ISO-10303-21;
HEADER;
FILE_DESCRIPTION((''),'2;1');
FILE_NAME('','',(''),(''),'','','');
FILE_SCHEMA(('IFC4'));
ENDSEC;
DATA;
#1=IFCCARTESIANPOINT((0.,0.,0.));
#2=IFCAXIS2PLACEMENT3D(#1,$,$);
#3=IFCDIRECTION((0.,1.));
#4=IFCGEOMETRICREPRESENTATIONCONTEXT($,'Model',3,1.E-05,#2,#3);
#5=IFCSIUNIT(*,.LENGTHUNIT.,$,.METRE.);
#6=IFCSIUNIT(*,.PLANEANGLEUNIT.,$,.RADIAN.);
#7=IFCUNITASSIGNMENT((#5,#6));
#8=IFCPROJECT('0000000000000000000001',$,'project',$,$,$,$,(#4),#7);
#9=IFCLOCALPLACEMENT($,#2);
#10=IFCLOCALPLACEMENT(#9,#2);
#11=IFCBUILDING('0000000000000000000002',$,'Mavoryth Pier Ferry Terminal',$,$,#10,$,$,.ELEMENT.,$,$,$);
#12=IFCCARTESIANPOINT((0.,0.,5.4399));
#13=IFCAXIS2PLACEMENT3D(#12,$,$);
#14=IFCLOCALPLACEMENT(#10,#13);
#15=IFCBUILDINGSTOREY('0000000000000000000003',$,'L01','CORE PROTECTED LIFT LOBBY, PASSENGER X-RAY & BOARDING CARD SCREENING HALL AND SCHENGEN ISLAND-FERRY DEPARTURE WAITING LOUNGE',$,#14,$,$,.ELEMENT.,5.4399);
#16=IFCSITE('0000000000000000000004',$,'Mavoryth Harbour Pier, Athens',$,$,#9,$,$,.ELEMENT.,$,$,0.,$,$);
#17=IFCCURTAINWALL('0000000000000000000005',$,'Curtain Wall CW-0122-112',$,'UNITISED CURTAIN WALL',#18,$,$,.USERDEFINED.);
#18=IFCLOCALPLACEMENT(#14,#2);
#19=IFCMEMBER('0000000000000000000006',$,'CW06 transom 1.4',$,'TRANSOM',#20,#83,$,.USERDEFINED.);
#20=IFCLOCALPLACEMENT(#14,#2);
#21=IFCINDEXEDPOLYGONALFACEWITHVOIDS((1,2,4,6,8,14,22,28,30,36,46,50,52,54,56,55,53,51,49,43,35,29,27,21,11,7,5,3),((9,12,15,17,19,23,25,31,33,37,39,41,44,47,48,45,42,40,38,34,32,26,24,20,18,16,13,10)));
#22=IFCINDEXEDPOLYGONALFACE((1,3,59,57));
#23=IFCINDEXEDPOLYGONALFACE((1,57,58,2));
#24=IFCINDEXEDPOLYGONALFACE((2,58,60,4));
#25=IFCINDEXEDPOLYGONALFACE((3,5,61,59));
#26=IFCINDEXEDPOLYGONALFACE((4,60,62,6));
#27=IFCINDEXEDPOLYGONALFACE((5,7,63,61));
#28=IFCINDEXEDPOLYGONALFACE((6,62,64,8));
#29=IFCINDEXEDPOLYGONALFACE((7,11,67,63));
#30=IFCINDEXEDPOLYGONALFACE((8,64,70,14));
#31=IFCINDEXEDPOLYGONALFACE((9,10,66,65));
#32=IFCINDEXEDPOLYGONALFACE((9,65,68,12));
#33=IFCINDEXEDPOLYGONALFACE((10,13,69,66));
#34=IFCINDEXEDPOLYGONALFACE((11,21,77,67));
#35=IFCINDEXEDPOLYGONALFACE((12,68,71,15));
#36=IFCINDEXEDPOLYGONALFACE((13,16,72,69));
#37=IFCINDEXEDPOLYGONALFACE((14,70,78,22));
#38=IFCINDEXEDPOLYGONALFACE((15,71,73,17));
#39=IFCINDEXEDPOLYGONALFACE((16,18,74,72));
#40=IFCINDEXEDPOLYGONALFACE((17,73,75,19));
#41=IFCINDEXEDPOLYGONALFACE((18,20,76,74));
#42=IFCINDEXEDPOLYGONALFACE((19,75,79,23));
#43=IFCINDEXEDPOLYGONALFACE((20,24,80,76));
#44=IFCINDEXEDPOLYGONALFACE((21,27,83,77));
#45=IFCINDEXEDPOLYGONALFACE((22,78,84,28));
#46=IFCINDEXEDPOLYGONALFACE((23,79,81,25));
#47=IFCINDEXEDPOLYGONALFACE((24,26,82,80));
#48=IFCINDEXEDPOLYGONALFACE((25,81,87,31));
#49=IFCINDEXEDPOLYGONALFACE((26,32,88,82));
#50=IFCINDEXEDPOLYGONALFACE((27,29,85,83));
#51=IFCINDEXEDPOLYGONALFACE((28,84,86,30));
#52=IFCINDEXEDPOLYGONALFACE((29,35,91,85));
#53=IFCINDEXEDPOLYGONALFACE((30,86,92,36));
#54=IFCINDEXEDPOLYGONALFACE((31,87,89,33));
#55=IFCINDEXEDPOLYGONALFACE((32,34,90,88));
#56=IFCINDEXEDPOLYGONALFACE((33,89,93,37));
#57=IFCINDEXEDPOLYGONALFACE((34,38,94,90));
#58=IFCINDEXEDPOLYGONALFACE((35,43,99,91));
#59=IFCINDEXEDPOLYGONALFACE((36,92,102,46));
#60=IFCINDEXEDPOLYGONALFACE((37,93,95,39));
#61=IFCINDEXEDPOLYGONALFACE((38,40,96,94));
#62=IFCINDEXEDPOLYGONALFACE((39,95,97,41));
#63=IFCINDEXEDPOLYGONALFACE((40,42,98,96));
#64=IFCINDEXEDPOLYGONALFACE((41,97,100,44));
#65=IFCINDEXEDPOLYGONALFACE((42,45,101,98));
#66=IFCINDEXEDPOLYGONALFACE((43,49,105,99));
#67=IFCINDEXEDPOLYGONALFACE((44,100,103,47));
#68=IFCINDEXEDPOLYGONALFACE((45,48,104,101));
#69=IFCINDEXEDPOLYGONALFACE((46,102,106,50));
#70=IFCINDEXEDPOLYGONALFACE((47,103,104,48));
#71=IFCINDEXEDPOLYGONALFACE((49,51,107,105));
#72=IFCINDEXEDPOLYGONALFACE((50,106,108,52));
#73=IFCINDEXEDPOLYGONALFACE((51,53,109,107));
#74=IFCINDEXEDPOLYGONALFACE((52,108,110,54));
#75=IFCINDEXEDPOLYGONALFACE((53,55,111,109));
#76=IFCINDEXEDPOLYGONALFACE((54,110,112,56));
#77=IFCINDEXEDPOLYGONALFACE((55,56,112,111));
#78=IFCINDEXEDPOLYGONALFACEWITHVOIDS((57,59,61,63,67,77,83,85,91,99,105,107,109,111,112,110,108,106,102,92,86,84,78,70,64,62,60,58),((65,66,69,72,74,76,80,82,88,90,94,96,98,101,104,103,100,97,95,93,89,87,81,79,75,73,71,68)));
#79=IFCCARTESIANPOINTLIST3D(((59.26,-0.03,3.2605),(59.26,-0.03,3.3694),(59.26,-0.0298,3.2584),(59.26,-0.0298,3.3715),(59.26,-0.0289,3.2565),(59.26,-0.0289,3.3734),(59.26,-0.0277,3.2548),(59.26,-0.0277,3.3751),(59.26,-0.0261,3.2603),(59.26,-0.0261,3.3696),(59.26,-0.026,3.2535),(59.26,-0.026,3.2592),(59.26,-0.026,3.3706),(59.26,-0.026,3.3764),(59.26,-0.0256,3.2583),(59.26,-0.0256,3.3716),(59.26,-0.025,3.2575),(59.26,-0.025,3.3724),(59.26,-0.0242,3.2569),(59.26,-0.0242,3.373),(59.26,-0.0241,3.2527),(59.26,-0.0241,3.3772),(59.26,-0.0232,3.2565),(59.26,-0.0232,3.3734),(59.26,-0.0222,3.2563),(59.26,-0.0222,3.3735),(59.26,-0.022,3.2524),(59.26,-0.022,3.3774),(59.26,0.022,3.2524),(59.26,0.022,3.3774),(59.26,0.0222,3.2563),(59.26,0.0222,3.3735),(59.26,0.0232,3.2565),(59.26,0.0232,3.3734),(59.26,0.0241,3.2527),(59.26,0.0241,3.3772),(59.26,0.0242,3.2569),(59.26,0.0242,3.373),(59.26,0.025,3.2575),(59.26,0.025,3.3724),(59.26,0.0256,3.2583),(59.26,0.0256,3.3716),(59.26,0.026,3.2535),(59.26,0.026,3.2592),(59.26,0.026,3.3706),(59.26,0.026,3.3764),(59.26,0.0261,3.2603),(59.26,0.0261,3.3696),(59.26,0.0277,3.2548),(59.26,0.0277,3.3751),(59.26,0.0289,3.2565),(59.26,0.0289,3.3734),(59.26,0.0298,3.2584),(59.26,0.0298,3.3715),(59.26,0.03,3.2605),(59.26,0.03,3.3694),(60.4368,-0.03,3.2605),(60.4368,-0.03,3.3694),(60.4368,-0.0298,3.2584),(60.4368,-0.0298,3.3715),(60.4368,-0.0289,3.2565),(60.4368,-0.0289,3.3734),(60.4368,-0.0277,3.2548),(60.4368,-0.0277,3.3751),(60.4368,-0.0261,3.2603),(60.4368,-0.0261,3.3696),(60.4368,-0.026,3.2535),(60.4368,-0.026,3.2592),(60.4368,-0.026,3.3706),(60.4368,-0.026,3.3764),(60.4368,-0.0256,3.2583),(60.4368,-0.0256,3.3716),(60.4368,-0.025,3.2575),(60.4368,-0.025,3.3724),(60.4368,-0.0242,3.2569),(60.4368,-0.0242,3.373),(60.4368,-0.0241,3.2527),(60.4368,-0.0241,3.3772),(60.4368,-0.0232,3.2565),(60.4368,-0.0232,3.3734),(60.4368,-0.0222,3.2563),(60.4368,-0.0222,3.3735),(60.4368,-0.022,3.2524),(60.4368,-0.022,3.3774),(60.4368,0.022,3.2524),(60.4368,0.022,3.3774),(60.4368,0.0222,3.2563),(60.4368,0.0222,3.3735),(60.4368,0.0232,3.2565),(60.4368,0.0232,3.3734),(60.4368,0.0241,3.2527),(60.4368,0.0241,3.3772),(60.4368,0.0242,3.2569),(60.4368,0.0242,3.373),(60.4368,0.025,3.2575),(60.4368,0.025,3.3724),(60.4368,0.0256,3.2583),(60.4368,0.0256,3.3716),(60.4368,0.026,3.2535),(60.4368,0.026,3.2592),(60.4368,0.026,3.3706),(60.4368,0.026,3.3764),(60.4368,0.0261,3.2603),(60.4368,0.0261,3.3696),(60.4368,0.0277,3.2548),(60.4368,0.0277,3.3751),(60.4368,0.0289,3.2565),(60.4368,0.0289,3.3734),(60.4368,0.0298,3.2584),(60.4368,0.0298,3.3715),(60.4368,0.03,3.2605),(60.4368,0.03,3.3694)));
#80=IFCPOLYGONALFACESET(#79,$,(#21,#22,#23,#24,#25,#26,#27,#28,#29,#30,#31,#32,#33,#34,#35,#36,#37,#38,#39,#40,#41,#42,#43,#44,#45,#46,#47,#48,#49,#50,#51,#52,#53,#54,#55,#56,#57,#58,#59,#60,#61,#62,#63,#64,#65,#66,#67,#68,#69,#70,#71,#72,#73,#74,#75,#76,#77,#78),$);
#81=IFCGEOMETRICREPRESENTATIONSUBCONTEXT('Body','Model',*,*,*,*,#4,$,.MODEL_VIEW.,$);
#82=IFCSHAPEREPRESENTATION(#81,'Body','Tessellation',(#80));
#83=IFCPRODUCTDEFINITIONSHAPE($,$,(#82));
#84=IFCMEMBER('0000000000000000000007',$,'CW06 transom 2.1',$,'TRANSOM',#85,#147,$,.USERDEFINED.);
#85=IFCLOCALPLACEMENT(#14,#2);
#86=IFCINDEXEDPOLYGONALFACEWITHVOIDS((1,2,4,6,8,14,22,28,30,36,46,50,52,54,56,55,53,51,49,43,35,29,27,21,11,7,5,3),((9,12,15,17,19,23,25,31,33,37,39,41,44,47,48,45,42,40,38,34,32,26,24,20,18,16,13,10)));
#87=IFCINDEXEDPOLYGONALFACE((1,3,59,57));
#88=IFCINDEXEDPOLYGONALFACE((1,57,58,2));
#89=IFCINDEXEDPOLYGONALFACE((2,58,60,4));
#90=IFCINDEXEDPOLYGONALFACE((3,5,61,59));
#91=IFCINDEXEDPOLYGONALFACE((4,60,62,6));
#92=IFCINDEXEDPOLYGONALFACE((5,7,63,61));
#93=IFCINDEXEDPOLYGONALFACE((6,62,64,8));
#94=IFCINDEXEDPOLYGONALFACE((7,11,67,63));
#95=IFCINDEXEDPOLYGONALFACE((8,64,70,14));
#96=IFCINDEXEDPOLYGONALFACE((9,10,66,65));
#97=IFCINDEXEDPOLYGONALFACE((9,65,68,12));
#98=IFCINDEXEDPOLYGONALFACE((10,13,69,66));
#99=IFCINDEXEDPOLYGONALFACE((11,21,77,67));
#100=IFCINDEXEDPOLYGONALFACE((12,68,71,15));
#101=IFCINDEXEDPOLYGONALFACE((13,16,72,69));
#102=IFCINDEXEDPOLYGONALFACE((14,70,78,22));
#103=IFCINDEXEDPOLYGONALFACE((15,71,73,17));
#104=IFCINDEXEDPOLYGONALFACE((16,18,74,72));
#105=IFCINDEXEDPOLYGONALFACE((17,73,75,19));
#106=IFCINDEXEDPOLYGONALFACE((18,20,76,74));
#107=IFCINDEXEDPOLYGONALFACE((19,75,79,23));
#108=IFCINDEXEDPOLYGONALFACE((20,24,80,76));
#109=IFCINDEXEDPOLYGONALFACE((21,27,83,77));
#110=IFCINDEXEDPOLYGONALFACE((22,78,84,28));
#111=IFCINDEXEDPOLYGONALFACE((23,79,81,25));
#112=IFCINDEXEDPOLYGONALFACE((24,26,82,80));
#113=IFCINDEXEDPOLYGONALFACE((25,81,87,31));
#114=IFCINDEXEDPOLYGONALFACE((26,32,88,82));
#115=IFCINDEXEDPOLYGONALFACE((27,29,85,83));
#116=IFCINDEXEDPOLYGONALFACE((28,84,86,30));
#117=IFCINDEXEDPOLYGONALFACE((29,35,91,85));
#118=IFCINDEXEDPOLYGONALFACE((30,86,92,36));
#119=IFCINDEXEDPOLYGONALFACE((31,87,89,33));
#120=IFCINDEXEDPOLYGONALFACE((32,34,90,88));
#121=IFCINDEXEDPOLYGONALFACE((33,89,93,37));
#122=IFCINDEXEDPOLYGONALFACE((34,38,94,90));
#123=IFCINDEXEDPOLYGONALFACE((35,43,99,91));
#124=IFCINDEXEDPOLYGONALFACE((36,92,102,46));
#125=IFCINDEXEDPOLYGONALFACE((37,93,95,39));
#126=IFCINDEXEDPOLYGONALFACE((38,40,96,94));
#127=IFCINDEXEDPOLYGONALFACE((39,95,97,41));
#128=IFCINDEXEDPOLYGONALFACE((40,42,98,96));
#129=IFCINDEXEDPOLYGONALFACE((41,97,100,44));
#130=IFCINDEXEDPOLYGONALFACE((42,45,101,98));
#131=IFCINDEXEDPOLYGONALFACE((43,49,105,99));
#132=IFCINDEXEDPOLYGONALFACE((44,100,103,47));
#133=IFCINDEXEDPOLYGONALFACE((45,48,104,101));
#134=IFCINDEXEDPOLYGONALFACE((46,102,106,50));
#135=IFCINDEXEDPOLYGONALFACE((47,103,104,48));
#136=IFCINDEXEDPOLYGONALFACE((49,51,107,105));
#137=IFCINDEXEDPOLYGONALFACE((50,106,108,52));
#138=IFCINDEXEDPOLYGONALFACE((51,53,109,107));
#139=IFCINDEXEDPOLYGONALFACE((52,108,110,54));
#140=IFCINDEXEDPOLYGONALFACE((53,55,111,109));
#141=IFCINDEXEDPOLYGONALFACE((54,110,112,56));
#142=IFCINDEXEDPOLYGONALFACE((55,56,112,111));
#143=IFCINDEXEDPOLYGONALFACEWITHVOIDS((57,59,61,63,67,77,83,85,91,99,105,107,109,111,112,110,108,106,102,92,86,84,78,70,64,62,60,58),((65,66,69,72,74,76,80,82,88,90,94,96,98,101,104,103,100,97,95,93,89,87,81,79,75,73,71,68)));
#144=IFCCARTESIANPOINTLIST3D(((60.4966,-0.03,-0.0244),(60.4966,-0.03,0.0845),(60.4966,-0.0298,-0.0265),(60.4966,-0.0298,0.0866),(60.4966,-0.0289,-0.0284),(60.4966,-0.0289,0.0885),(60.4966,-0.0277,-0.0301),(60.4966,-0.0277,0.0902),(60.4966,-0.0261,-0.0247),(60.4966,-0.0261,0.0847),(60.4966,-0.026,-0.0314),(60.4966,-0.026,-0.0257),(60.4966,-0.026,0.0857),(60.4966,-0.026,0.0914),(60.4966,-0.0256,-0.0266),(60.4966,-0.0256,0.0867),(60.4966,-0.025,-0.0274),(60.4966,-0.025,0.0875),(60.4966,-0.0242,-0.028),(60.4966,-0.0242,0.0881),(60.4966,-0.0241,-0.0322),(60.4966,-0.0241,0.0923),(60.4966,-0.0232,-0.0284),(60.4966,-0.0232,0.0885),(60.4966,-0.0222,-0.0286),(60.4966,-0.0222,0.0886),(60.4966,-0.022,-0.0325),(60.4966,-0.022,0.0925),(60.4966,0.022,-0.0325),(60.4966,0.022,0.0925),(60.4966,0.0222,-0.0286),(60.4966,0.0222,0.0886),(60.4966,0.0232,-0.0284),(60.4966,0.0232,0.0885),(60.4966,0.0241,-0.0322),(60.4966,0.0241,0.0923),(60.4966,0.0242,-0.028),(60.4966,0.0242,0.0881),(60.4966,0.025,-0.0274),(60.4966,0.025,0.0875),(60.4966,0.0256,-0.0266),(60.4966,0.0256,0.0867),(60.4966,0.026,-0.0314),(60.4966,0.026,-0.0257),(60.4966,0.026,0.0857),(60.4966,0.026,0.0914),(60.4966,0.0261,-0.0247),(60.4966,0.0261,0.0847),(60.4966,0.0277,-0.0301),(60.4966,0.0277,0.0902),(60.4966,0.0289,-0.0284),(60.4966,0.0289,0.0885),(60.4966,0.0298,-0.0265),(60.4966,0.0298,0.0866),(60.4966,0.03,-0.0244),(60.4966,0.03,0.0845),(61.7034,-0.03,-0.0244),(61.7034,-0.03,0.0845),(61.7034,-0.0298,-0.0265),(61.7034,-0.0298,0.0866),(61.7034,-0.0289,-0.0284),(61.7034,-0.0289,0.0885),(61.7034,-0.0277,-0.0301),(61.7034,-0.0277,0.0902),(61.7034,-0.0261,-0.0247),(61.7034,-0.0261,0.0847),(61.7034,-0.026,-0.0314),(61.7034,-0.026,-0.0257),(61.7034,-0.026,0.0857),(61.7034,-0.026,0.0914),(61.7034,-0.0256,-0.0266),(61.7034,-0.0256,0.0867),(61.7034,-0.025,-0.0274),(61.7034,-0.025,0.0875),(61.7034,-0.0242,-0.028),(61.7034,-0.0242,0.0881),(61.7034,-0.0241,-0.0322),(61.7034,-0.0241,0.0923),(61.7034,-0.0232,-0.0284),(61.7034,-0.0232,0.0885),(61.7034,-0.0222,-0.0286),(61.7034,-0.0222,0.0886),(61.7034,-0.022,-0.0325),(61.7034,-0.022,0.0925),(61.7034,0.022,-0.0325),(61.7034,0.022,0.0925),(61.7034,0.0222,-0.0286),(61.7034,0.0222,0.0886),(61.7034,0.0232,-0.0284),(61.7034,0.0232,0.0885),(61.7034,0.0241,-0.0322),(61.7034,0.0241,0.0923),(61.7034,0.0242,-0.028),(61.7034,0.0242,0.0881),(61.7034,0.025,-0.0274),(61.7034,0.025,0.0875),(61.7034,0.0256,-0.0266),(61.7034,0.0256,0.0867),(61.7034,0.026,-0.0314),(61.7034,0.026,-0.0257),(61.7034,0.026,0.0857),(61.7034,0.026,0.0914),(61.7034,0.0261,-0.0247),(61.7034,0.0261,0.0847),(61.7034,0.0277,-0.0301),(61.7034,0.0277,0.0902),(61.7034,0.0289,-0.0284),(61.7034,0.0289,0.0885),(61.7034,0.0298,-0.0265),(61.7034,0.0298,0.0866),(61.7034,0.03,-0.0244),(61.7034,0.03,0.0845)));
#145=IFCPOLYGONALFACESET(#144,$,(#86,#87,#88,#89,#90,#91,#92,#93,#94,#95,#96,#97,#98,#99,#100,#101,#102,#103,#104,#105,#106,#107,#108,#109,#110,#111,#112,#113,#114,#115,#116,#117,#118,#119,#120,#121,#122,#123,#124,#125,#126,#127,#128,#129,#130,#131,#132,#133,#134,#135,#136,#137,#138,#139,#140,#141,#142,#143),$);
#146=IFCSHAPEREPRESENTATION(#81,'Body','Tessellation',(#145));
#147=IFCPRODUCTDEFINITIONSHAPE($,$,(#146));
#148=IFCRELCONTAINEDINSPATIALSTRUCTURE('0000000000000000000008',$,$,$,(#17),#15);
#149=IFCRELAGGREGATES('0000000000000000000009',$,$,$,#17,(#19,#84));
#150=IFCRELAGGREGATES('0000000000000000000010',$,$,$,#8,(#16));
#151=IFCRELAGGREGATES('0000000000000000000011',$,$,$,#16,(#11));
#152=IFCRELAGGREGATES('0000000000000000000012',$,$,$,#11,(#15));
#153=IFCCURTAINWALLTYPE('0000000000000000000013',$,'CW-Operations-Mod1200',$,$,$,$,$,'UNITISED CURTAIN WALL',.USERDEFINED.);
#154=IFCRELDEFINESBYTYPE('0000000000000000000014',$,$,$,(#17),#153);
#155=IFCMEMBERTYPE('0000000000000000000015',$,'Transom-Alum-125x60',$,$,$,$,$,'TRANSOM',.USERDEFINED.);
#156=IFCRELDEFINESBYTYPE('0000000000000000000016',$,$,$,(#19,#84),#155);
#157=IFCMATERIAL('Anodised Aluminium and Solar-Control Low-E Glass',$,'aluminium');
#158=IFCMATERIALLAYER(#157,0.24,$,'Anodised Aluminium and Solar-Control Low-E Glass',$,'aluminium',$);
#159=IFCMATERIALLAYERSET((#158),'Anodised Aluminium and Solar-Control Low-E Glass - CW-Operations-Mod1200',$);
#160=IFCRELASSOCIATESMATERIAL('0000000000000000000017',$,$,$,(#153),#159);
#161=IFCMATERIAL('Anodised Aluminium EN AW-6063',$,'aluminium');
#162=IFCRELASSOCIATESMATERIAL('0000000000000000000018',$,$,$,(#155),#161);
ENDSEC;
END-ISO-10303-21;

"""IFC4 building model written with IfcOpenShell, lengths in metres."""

from ifc_helpers import new_model, si_unit, direction, frame, origin, origin_2d, place, context, subcontext, project, spatial, hollow_rectangle, extrude, material, layer, layer_set, material_profile, profile_set, type_object, element, aggregate, save


model = new_model("IFC4")

# Units and contexts
model_context = context("Model", 3, precision=1e-05, world=origin(), true_north=direction((0.0, 1.0)))
body_context = subcontext(model_context, "Body", "Model", "MODEL_VIEW")
ifc_project = project(units=[si_unit("LENGTHUNIT", "METRE"), si_unit("PLANEANGLEUNIT", "RADIAN")], contexts=[model_context])

# Site, building, storey
site_placement = place(None, origin())
site = spatial("IfcSite", under=ifc_project, at=site_placement, Name="Mavoryth Harbour Pier, Athens", CompositionType="ELEMENT", RefElevation=0.0)
building_placement = place(site_placement, origin())
building = spatial("IfcBuilding", under=site, at=building_placement, Name="Mavoryth Pier Ferry Terminal", CompositionType="ELEMENT")
storey_placement = place(building_placement, frame((0.0, 0.0, 5.4399)))
storey = spatial("IfcBuildingStorey", under=building, at=storey_placement, Name="L01", Description="CORE PROTECTED LIFT LOBBY, PASSENGER X-RAY & BOARDING CARD SCREENING HALL AND SCHENGEN ISLAND-FERRY DEPARTURE WAITING LOUNGE", CompositionType="ELEMENT", Elevation=5.4399)

# Curtain wall, members
ifc_material_1 = material(Name="Anodised Aluminium and Solar-Control Low-E Glass", Category="aluminium")
ifc_layer_1 = layer(ifc_material_1, 0.24, Name="Anodised Aluminium and Solar-Control Low-E Glass", Category="aluminium")
ifc_layer_set_1 = layer_set([ifc_layer_1], Name="Anodised Aluminium and Solar-Control Low-E Glass - CW-Operations-Mod1200")
curtain_wall_type = type_object("IfcCurtainWallType", Name="CW-Operations-Mod1200", ElementType="UNITISED CURTAIN WALL", PredefinedType="USERDEFINED", material=ifc_layer_set_1)
curtain_wall_placement = place(storey_placement, origin())
curtain_wall = element("IfcCurtainWall", 1, at=curtain_wall_placement, inside=storey, type_object=curtain_wall_type, Name="Curtain Wall CW-0122-112", ObjectType="UNITISED CURTAIN WALL", PredefinedType="USERDEFINED")
ifc_material_2 = material(Name="Anodised Aluminium EN AW-6063", Category="aluminium")
ifc_material_profile_1 = material_profile(ifc_material_2, hollow_rectangle(XDim=0.0601, YDim=0.125, WallThickness=0.0039, InnerFilletRadius=0.0039, OuterFilletRadius=0.0081, at=origin_2d()), Name="AL-TRAN 125x60x4", Category="aluminium")
ifc_profile_set_1 = profile_set([ifc_material_profile_1], Name="Anodised Aluminium EN AW-6063 - AL-TRAN 125x60x4")
member_type_1 = type_object("IfcMemberType", Name="Transom-Alum-125x60", ElementType="TRANSOM", PredefinedType="USERDEFINED", material=ifc_profile_set_1)
member_1_placement = place(storey_placement, frame((59.26, 0.0, 3.3149), z_axis=(1.0, 0.0, 0.0), x_axis=(0.0, 1.0, 0.0)))
member_1 = element("IfcMember", 2, at=member_1_placement, type_object=member_type_1, Name="CW06 transom 1.4", ObjectType="TRANSOM", PredefinedType="USERDEFINED", context=body_context, shape_type="SweptSolid", body=[
    extrude(hollow_rectangle(XDim=0.0601, YDim=0.125, WallThickness=0.0039, InnerFilletRadius=0.0039, OuterFilletRadius=0.0081, at=origin_2d()), origin(), (0.0, 0.0, 1.0), 1.1768),
])
member_2_placement = place(storey_placement, frame((60.4966, 0.0, 0.03), z_axis=(1.0, 0.0, 0.0), x_axis=(0.0, 1.0, 0.0)))
member_2 = element("IfcMember", 3, at=member_2_placement, type_object=member_type_1, Name="CW06 transom 2.1", ObjectType="TRANSOM", PredefinedType="USERDEFINED", context=body_context, shape_type="SweptSolid", body=[
    extrude(hollow_rectangle(XDim=0.0601, YDim=0.125, WallThickness=0.0039, InnerFilletRadius=0.0039, OuterFilletRadius=0.0081, at=origin_2d()), origin(), (0.0, 0.0, 1.0), 1.2068),
])
aggregate(curtain_wall, [member_1, member_2])

save(model, "model.ifc")
